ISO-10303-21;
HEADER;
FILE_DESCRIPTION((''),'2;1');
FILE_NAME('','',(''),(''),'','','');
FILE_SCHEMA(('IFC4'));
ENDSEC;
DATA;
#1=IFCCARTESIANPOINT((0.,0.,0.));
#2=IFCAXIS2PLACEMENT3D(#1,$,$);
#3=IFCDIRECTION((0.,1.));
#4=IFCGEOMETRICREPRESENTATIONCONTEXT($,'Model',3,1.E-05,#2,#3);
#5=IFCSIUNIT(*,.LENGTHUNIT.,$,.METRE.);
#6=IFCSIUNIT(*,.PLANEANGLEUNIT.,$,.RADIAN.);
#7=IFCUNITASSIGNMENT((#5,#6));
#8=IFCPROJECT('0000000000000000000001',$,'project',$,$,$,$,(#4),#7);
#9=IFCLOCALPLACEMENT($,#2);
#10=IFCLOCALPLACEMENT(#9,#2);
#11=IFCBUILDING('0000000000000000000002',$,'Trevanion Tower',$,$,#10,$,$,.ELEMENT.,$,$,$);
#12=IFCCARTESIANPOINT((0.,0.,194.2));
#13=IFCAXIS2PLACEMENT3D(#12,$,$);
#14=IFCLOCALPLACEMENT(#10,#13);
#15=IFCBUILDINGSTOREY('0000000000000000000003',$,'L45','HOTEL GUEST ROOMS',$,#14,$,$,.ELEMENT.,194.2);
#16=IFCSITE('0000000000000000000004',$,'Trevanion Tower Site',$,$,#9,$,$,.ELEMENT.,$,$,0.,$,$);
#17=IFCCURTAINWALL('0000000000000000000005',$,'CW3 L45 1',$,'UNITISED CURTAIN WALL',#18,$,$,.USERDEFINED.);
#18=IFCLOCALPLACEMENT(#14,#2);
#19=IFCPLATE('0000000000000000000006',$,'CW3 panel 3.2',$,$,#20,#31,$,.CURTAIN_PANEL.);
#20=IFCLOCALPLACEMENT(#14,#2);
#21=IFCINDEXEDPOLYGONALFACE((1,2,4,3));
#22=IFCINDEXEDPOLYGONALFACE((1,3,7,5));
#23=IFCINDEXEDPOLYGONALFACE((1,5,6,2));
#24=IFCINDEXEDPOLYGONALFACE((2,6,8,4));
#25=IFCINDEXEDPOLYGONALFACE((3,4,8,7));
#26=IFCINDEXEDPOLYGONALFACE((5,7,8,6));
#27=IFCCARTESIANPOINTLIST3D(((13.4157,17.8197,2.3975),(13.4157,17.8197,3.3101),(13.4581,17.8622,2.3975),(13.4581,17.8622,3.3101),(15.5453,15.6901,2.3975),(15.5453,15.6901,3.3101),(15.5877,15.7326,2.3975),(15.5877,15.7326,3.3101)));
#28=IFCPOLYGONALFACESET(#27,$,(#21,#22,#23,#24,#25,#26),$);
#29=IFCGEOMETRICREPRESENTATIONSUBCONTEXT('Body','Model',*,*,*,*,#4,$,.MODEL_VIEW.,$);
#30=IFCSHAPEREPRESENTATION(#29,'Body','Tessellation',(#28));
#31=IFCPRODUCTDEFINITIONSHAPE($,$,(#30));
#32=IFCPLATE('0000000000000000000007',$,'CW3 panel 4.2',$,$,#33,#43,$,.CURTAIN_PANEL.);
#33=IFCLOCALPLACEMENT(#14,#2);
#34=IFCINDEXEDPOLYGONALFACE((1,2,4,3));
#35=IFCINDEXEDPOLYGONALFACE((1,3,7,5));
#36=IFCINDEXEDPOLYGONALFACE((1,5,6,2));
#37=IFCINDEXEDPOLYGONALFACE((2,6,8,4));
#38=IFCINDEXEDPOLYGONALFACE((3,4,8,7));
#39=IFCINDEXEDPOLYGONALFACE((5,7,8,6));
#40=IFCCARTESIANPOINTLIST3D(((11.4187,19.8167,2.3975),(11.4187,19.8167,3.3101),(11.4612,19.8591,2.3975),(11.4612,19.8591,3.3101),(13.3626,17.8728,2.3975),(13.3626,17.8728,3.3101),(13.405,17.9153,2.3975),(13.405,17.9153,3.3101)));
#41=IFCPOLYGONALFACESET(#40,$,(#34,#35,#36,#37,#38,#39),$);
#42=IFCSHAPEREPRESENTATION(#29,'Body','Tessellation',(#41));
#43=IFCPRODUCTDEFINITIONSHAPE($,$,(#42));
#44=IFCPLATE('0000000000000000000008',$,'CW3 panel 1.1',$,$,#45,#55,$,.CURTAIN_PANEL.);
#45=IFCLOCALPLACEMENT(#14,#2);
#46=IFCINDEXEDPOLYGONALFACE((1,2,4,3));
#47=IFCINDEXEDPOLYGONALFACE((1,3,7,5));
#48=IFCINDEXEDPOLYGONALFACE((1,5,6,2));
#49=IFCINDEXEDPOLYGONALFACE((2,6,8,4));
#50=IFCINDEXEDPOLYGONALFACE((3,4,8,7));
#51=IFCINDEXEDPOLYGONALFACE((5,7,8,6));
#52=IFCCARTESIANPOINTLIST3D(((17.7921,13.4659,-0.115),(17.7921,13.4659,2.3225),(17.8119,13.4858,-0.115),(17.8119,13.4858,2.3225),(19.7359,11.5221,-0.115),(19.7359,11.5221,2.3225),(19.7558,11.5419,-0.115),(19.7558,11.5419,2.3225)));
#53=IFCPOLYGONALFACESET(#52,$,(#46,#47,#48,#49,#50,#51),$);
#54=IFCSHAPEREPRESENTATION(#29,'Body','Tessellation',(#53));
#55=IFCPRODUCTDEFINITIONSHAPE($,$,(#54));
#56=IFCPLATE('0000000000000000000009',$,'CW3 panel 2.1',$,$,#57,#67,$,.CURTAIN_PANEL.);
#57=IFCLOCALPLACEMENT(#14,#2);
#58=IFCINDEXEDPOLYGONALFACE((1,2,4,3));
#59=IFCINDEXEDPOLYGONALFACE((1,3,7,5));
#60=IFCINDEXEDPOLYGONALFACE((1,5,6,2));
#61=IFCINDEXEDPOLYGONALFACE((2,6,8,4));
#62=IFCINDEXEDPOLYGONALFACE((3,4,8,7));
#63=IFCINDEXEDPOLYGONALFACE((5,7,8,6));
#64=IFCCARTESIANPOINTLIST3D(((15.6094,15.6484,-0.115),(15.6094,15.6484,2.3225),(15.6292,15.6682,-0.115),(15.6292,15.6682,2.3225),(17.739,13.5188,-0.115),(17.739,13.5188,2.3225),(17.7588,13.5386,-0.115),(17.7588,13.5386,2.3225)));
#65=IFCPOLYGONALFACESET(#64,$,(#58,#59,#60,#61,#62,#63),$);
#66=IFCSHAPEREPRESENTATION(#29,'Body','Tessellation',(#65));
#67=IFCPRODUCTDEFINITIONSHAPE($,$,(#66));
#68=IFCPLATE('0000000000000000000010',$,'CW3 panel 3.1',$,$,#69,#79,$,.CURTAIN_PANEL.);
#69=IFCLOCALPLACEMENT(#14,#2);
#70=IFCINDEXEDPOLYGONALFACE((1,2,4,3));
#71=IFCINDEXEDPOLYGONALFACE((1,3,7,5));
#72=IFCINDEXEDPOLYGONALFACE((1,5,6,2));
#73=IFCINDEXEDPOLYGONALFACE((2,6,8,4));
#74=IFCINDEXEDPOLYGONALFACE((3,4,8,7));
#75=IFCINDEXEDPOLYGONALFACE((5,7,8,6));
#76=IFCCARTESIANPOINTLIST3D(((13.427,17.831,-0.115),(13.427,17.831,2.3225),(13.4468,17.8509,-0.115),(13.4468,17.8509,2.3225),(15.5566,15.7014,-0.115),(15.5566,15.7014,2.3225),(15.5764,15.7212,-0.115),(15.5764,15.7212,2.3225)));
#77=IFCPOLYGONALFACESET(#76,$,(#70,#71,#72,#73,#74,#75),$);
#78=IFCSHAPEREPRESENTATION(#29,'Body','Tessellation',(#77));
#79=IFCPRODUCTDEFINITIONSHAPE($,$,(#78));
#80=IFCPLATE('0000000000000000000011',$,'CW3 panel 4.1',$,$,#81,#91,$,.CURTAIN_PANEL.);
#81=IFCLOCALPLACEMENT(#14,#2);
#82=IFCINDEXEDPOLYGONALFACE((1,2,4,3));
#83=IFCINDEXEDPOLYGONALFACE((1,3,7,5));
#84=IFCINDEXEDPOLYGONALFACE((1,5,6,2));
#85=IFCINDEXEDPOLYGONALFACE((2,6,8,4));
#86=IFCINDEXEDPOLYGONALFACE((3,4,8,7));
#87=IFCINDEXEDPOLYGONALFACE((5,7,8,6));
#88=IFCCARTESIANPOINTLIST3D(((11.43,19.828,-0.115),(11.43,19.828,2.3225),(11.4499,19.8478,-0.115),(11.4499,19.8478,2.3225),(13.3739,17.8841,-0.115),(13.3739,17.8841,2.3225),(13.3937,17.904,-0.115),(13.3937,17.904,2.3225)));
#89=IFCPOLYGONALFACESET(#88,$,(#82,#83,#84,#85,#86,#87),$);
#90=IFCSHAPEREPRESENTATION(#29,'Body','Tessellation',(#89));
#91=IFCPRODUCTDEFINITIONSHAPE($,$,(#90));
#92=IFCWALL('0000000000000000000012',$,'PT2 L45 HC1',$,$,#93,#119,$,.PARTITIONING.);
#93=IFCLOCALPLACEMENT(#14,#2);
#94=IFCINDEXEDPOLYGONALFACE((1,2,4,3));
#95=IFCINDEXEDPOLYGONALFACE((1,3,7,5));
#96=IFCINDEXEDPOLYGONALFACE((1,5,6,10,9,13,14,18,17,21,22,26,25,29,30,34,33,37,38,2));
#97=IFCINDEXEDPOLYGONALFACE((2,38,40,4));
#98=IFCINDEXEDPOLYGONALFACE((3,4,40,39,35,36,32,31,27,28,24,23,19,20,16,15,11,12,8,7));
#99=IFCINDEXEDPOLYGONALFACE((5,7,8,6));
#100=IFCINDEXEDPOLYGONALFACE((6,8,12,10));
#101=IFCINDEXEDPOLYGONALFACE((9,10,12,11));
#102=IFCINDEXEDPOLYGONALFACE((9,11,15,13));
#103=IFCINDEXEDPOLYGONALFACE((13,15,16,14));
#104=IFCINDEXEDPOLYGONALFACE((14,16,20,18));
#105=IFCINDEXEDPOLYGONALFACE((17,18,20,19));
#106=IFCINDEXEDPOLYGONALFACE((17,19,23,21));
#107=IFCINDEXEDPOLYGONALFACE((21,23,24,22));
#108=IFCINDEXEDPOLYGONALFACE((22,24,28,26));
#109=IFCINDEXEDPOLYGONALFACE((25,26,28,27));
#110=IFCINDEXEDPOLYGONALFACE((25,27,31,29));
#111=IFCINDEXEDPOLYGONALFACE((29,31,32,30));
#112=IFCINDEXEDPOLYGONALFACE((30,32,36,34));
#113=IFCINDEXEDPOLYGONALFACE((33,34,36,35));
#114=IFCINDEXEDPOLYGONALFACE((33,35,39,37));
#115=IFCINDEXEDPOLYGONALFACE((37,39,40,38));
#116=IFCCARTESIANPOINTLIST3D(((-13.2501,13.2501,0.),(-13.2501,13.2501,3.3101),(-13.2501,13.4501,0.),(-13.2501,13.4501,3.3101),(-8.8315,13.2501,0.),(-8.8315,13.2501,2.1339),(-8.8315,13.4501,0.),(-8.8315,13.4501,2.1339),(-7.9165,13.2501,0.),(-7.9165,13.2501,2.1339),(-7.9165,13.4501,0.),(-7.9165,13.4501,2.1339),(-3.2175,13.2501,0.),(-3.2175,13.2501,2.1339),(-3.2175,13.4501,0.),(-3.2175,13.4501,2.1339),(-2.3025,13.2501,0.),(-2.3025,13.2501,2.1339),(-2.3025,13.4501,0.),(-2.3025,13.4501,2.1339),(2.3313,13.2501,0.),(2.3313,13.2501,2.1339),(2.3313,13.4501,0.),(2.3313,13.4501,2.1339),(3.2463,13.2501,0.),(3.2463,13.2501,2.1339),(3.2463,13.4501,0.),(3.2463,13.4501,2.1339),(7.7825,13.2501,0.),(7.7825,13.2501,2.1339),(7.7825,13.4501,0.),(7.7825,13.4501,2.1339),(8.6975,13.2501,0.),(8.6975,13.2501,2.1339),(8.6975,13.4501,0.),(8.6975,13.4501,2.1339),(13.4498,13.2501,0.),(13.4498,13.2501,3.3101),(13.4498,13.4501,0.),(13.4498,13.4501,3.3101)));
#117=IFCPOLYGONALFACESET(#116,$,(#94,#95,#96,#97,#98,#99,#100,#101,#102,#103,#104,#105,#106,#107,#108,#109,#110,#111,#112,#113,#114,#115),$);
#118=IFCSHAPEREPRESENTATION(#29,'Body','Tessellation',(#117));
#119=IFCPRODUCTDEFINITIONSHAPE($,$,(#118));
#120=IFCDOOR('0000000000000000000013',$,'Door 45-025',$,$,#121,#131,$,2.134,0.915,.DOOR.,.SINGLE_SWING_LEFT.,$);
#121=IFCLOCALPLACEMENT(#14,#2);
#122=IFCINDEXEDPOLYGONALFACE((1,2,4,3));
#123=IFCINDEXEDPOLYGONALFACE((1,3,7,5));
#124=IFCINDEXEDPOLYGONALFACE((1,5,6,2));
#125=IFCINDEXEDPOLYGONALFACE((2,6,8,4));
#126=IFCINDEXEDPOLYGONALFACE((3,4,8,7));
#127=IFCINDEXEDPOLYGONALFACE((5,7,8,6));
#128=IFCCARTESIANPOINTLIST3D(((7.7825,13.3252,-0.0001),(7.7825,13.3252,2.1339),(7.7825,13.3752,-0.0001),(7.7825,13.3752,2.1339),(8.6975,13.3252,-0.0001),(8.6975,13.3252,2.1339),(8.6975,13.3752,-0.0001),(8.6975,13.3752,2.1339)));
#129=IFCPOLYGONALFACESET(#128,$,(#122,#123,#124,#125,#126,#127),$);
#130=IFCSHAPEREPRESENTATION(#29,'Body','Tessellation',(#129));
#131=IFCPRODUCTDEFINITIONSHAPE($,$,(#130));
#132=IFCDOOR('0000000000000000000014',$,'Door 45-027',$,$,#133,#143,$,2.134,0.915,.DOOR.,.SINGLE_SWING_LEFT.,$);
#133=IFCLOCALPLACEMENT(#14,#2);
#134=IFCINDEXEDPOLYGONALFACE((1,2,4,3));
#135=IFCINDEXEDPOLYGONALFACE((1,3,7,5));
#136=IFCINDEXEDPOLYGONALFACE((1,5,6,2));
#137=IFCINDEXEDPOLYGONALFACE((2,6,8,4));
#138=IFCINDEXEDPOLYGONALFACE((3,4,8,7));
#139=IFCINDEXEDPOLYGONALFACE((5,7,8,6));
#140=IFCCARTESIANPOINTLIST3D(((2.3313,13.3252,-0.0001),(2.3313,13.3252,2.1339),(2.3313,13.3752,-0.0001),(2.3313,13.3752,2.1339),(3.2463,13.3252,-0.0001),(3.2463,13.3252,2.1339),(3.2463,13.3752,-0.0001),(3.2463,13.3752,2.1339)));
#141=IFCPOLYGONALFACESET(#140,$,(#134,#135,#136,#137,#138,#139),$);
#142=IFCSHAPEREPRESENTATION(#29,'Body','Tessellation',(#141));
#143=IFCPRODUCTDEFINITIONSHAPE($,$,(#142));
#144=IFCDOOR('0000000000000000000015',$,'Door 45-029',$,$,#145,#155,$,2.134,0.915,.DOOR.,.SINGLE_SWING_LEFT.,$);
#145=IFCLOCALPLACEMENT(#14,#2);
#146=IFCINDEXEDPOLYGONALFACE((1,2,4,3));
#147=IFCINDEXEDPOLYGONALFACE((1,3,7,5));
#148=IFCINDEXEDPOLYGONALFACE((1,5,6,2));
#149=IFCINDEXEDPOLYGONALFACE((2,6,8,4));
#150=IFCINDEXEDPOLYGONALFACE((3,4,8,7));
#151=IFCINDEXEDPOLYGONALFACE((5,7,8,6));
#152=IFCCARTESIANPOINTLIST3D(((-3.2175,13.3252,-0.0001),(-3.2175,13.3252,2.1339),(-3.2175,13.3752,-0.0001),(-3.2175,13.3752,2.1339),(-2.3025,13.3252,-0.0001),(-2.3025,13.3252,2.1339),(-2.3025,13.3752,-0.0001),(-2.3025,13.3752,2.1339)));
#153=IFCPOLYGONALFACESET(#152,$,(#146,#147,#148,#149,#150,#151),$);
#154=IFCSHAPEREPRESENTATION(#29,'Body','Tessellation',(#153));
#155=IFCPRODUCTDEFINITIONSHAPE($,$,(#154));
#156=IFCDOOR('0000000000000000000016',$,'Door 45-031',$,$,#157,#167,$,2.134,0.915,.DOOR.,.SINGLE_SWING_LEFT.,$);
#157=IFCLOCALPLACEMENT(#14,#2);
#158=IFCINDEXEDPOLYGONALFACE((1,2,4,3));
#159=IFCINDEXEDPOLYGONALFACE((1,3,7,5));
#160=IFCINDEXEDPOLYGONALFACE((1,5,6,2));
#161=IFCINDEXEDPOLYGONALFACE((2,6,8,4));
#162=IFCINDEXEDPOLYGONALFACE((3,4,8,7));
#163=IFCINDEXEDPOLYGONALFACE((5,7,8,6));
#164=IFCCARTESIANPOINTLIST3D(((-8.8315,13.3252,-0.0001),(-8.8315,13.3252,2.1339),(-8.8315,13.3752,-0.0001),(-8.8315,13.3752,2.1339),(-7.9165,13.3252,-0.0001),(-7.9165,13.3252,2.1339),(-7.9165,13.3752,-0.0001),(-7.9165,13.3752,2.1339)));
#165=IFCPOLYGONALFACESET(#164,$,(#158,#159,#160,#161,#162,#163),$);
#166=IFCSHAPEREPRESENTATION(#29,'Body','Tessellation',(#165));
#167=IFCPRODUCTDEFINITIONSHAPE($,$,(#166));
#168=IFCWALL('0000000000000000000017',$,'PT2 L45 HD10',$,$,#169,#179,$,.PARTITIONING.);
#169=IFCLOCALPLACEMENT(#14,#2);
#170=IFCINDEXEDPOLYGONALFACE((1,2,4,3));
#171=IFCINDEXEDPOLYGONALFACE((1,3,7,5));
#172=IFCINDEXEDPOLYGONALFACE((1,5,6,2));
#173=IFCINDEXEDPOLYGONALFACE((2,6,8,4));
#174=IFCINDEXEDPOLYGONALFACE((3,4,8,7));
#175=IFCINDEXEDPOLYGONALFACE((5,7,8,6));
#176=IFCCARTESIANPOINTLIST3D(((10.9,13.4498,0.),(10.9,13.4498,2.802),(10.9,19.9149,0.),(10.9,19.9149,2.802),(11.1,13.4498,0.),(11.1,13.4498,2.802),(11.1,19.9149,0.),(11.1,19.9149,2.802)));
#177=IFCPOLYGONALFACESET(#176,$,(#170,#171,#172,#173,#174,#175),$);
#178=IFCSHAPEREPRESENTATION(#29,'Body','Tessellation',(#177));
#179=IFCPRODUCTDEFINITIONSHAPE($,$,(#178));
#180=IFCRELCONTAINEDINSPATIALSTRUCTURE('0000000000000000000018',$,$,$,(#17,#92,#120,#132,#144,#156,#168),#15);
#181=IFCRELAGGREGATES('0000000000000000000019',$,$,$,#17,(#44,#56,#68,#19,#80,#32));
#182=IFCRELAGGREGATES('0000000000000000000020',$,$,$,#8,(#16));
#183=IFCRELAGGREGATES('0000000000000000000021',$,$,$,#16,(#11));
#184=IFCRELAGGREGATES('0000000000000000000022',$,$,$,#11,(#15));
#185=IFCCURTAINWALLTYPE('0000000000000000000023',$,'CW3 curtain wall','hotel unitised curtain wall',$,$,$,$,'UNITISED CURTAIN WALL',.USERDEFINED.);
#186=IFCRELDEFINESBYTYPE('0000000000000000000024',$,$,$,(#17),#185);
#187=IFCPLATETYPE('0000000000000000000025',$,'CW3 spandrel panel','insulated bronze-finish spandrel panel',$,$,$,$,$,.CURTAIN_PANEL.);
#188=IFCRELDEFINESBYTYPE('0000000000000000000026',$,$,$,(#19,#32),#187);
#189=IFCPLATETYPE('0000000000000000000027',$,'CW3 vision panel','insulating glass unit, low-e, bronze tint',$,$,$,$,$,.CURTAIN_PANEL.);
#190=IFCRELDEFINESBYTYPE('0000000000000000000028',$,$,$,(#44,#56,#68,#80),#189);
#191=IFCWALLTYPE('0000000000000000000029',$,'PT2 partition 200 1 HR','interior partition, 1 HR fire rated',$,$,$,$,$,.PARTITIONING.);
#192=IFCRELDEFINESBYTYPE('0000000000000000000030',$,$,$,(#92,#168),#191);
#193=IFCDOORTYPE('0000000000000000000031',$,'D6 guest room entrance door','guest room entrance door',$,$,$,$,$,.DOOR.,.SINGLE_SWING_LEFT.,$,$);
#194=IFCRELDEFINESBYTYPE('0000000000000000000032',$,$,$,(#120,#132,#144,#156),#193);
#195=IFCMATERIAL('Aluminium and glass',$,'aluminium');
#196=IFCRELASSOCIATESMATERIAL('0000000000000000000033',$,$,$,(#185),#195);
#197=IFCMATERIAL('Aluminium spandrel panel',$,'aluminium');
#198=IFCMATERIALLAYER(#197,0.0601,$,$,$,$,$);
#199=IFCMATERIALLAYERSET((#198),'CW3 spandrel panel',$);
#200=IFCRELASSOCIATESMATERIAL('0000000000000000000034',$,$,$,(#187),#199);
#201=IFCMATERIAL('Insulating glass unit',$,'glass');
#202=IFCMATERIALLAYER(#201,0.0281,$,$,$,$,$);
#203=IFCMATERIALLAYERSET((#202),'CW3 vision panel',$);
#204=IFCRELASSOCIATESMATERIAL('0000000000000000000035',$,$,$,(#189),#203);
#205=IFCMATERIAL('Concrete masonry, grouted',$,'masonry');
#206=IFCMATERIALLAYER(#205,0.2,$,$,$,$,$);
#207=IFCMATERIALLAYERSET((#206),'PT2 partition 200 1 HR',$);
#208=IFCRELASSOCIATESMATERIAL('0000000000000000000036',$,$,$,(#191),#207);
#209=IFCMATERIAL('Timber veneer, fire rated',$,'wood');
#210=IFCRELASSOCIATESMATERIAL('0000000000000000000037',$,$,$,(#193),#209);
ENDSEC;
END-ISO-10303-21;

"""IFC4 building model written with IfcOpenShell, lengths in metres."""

from ifc_helpers import new_model, si_unit, direction, frame, frame_2d, origin, origin_2d, place, context, subcontext, project, spatial, rectangle, extrude, material, layer, layer_set, type_object, element, fill, aggregate, save


model = new_model("IFC4")

# Units and contexts
model_context = context("Model", 3, precision=1e-05, world=origin(), true_north=direction((0.0, 1.0)))
body_context = subcontext(model_context, "Body", "Model", "MODEL_VIEW")
ifc_project = project(units=[si_unit("LENGTHUNIT", "METRE"), si_unit("PLANEANGLEUNIT", "RADIAN")], contexts=[model_context])

# Site, building, storey
site_placement = place(None, origin())
site = spatial("IfcSite", under=ifc_project, at=site_placement, Name="Trevanion Tower Site", CompositionType="ELEMENT", RefElevation=0.0)
building_placement = place(site_placement, origin())
building = spatial("IfcBuilding", under=site, at=building_placement, Name="Trevanion Tower", CompositionType="ELEMENT")
storey_placement = place(building_placement, frame((0.0, 0.0, 194.2)))
storey = spatial("IfcBuildingStorey", under=building, at=storey_placement, Name="L45", Description="HOTEL GUEST ROOMS", CompositionType="ELEMENT", Elevation=194.2)

# Curtain wall
ifc_material_1 = material(Name="Aluminium and glass", Category="aluminium")
curtain_wall_type = type_object("IfcCurtainWallType", Name="CW3 curtain wall", Description="hotel unitised curtain wall", ElementType="UNITISED CURTAIN WALL", PredefinedType="USERDEFINED", material=ifc_material_1)
curtain_wall_1_placement = place(storey_placement, origin())
curtain_wall_1 = element("IfcCurtainWall", 1, at=curtain_wall_1_placement, inside=storey, type_object=curtain_wall_type, Name="CW3 L45 1", ObjectType="UNITISED CURTAIN WALL", PredefinedType="USERDEFINED")

# Plates
ifc_material_2 = material(Name="Aluminium spandrel panel", Category="aluminium")
ifc_layer_1 = layer(ifc_material_2, 0.0601)
ifc_layer_set_1 = layer_set([ifc_layer_1], Name="CW3 spandrel panel")
plate_type_1 = type_object("IfcPlateType", Name="CW3 spandrel panel", Description="insulated bronze-finish spandrel panel", PredefinedType="CURTAIN_PANEL", material=ifc_layer_set_1)
plate_1_placement = place(storey_placement, frame((14.5017, 16.7761, 2.3975), z_axis=(0.0, 0.0, 1.0), x_axis=(-0.707107, 0.707107, 0.0)))
plate_1 = element("IfcPlate", 2, at=plate_1_placement, type_object=plate_type_1, Name="CW3 panel 3.2", PredefinedType="CURTAIN_PANEL", context=body_context, shape_type="SweptSolid", body=[
    extrude(rectangle(XDim=3.0117, YDim=0.0601, at=origin_2d()), origin(), (0.0, 0.0, 1.0), 0.9126),
])
plate_2_placement = place(storey_placement, frame((12.4119, 18.866, 2.3975), z_axis=(0.0, 0.0, 1.0), x_axis=(-0.707107, 0.707107, 0.0)))
plate_2 = element("IfcPlate", 3, at=plate_2_placement, type_object=plate_type_1, Name="CW3 panel 4.2", PredefinedType="CURTAIN_PANEL", context=body_context, shape_type="SweptSolid", body=[
    extrude(rectangle(XDim=2.749, YDim=0.0601, at=origin_2d()), origin(), (0.0, 0.0, 1.0), 0.9126),
])
ifc_material_3 = material(Name="Insulating glass unit", Category="glass")
ifc_layer_2 = layer(ifc_material_3, 0.0281)
ifc_layer_set_2 = layer_set([ifc_layer_2], Name="CW3 vision panel")
plate_type_2 = type_object("IfcPlateType", Name="CW3 vision panel", Description="insulating glass unit, low-e, bronze tint", PredefinedType="CURTAIN_PANEL", material=ifc_layer_set_2)
plate_3_placement = place(storey_placement, frame((18.7739, 12.5039, -0.115), z_axis=(0.0, 0.0, 1.0), x_axis=(-0.707107, 0.707107, 0.0)))
plate_3 = element("IfcPlate", 4, at=plate_3_placement, type_object=plate_type_2, Name="CW3 panel 1.1", PredefinedType="CURTAIN_PANEL", context=body_context, shape_type="SweptSolid", body=[
    extrude(rectangle(XDim=2.749, YDim=0.0281, at=origin_2d()), origin(), (0.0, 0.0, 1.0), 2.4375),
])
plate_4_placement = place(storey_placement, frame((16.6841, 14.5935, -0.115), z_axis=(0.0, 0.0, 1.0), x_axis=(-0.707107, 0.707107, 0.0)))
plate_4 = element("IfcPlate", 5, at=plate_4_placement, type_object=plate_type_2, Name="CW3 panel 2.1", PredefinedType="CURTAIN_PANEL", context=body_context, shape_type="SweptSolid", body=[
    extrude(rectangle(XDim=3.0117, YDim=0.0281, at=origin_2d()), origin(), (0.0, 0.0, 1.0), 2.4375),
])
plate_5_placement = place(storey_placement, frame((14.5017, 16.7761, -0.115), z_axis=(0.0, 0.0, 1.0), x_axis=(-0.707107, 0.707107, 0.0)))
plate_5 = element("IfcPlate", 6, at=plate_5_placement, type_object=plate_type_2, Name="CW3 panel 3.1", PredefinedType="CURTAIN_PANEL", context=body_context, shape_type="SweptSolid", body=[
    extrude(rectangle(XDim=3.0117, YDim=0.0281, at=origin_2d()), origin(), (0.0, 0.0, 1.0), 2.4375),
])
plate_6_placement = place(storey_placement, frame((12.4119, 18.866, -0.115), z_axis=(0.0, 0.0, 1.0), x_axis=(-0.707107, 0.707107, 0.0)))
plate_6 = element("IfcPlate", 7, at=plate_6_placement, type_object=plate_type_2, Name="CW3 panel 4.1", PredefinedType="CURTAIN_PANEL", context=body_context, shape_type="SweptSolid", body=[
    extrude(rectangle(XDim=2.749, YDim=0.0281, at=origin_2d()), origin(), (0.0, 0.0, 1.0), 2.4375),
])
aggregate(curtain_wall_1, [plate_3, plate_4, plate_5, plate_1, plate_6, plate_2])

# Wall, openings, doors
ifc_material_4 = material(Name="Concrete masonry, grouted", Category="masonry")
ifc_layer_3 = layer(ifc_material_4, 0.2)
ifc_layer_set_3 = layer_set([ifc_layer_3], Name="PT2 partition 200 1 HR")
wall_type = type_object("IfcWallType", Name="PT2 partition 200 1 HR", Description="interior partition, 1 HR fire rated", PredefinedType="PARTITIONING", material=ifc_layer_set_3)
wall_1_placement = place(storey_placement, frame((13.45, 13.3501, 0.0), z_axis=(0.0, 0.0, 1.0), x_axis=(-1.0, 0.0, 0.0)))
wall_1 = element("IfcWall", 8, at=wall_1_placement, inside=storey, type_object=wall_type, Name="PT2 L45 HC1", PredefinedType="PARTITIONING", context=body_context, shape_type="SweptSolid", body=[
    extrude(rectangle(XDim=26.7, YDim=0.2, at=frame_2d((13.3501, 0.0))), origin(), (0.0, 0.0, 1.0), 3.3101),
])
opening_1_placement = place(wall_1_placement, frame((4.7524, 0.0, 0.0)))
opening_1 = element("IfcOpeningElement", 9, at=opening_1_placement, cuts=wall_1, PredefinedType="OPENING", context=body_context, shape_type="SweptSolid", body=[
    extrude(rectangle(XDim=0.915, YDim=2.134, at=frame_2d((0.4575, 1.0669))), frame((0.0, 0.1099, 0.0), z_axis=(0.0, -1.0, 0.0), x_axis=(1.0, 0.0, 0.0)), (0.0, 0.0, 1.0), 0.22),
])
opening_2_placement = place(wall_1_placement, frame((10.2036, 0.0, 0.0)))
opening_2 = element("IfcOpeningElement", 10, at=opening_2_placement, cuts=wall_1, PredefinedType="OPENING", context=body_context, shape_type="SweptSolid", body=[
    extrude(rectangle(XDim=0.915, YDim=2.134, at=frame_2d((0.4575, 1.0669))), frame((0.0, 0.1099, 0.0), z_axis=(0.0, -1.0, 0.0), x_axis=(1.0, 0.0, 0.0)), (0.0, 0.0, 1.0), 0.22),
])
opening_3_placement = place(wall_1_placement, frame((15.7524, 0.0, 0.0)))
opening_3 = element("IfcOpeningElement", 11, at=opening_3_placement, cuts=wall_1, PredefinedType="OPENING", context=body_context, shape_type="SweptSolid", body=[
    extrude(rectangle(XDim=0.915, YDim=2.134, at=frame_2d((0.4575, 1.0669))), frame((0.0, 0.1099, 0.0), z_axis=(0.0, -1.0, 0.0), x_axis=(1.0, 0.0, 0.0)), (0.0, 0.0, 1.0), 0.22),
])
opening_4_placement = place(wall_1_placement, frame((21.3665, 0.0, 0.0)))
opening_4 = element("IfcOpeningElement", 12, at=opening_4_placement, cuts=wall_1, PredefinedType="OPENING", context=body_context, shape_type="SweptSolid", body=[
    extrude(rectangle(XDim=0.915, YDim=2.134, at=frame_2d((0.4575, 1.0669))), frame((0.0, 0.1099, 0.0), z_axis=(0.0, -1.0, 0.0), x_axis=(1.0, 0.0, 0.0)), (0.0, 0.0, 1.0), 0.22),
])
ifc_material_5 = material(Name="Timber veneer, fire rated", Category="wood")
door_type = type_object("IfcDoorType", Name="D6 guest room entrance door", Description="guest room entrance door", OperationType="SINGLE_SWING_LEFT", PredefinedType="DOOR", material=ifc_material_5)
door_1_placement = place(opening_1_placement, origin())
door_1 = element("IfcDoor", 13, at=door_1_placement, inside=storey, type_object=door_type, Name="Door 45-025", OperationType="SINGLE_SWING_LEFT", OverallHeight=2.134, OverallWidth=0.915, PredefinedType="DOOR", context=body_context, shape_type="SweptSolid", body=[
    extrude(rectangle(XDim=0.915, YDim=2.134, at=frame_2d((0.4575, 1.0669))), frame((0.0, 0.0249, 0.0), z_axis=(0.0, -1.0, 0.0), x_axis=(1.0, 0.0, 0.0)), (0.0, 0.0, 1.0), 0.05),
])
fill(opening_1, door_1)
door_2_placement = place(opening_2_placement, origin())
door_2 = element("IfcDoor", 14, at=door_2_placement, inside=storey, type_object=door_type, Name="Door 45-027", OperationType="SINGLE_SWING_LEFT", OverallHeight=2.134, OverallWidth=0.915, PredefinedType="DOOR", context=body_context, shape_type="SweptSolid", body=[
    extrude(rectangle(XDim=0.915, YDim=2.134, at=frame_2d((0.4575, 1.0669))), frame((0.0, 0.0249, 0.0), z_axis=(0.0, -1.0, 0.0), x_axis=(1.0, 0.0, 0.0)), (0.0, 0.0, 1.0), 0.05),
])
fill(opening_2, door_2)
door_3_placement = place(opening_3_placement, origin())
door_3 = element("IfcDoor", 15, at=door_3_placement, inside=storey, type_object=door_type, Name="Door 45-029", OperationType="SINGLE_SWING_LEFT", OverallHeight=2.134, OverallWidth=0.915, PredefinedType="DOOR", context=body_context, shape_type="SweptSolid", body=[
    extrude(rectangle(XDim=0.915, YDim=2.134, at=frame_2d((0.4575, 1.0669))), frame((0.0, 0.0249, 0.0), z_axis=(0.0, -1.0, 0.0), x_axis=(1.0, 0.0, 0.0)), (0.0, 0.0, 1.0), 0.05),
])
fill(opening_3, door_3)
door_4_placement = place(opening_4_placement, origin())
door_4 = element("IfcDoor", 16, at=door_4_placement, inside=storey, type_object=door_type, Name="Door 45-031", OperationType="SINGLE_SWING_LEFT", OverallHeight=2.134, OverallWidth=0.915, PredefinedType="DOOR", context=body_context, shape_type="SweptSolid", body=[
    extrude(rectangle(XDim=0.915, YDim=2.134, at=frame_2d((0.4575, 1.0669))), frame((0.0, 0.0249, 0.0), z_axis=(0.0, -1.0, 0.0), x_axis=(1.0, 0.0, 0.0)), (0.0, 0.0, 1.0), 0.05),
])
fill(opening_4, door_4)

# Wall
wall_2_placement = place(storey_placement, frame((11.0, 13.45, 0.0), z_axis=(0.0, 0.0, 1.0), x_axis=(0.0, 1.0, 0.0)))
element("IfcWall", 17, at=wall_2_placement, inside=storey, type_object=wall_type, Name="PT2 L45 HD10", PredefinedType="PARTITIONING", context=body_context, shape_type="SweptSolid", body=[
    extrude(rectangle(XDim=6.4651, YDim=0.2, at=frame_2d((3.2324, 0.0))), origin(), (0.0, 0.0, 1.0), 2.802),
])

save(model, "model.ifc")
